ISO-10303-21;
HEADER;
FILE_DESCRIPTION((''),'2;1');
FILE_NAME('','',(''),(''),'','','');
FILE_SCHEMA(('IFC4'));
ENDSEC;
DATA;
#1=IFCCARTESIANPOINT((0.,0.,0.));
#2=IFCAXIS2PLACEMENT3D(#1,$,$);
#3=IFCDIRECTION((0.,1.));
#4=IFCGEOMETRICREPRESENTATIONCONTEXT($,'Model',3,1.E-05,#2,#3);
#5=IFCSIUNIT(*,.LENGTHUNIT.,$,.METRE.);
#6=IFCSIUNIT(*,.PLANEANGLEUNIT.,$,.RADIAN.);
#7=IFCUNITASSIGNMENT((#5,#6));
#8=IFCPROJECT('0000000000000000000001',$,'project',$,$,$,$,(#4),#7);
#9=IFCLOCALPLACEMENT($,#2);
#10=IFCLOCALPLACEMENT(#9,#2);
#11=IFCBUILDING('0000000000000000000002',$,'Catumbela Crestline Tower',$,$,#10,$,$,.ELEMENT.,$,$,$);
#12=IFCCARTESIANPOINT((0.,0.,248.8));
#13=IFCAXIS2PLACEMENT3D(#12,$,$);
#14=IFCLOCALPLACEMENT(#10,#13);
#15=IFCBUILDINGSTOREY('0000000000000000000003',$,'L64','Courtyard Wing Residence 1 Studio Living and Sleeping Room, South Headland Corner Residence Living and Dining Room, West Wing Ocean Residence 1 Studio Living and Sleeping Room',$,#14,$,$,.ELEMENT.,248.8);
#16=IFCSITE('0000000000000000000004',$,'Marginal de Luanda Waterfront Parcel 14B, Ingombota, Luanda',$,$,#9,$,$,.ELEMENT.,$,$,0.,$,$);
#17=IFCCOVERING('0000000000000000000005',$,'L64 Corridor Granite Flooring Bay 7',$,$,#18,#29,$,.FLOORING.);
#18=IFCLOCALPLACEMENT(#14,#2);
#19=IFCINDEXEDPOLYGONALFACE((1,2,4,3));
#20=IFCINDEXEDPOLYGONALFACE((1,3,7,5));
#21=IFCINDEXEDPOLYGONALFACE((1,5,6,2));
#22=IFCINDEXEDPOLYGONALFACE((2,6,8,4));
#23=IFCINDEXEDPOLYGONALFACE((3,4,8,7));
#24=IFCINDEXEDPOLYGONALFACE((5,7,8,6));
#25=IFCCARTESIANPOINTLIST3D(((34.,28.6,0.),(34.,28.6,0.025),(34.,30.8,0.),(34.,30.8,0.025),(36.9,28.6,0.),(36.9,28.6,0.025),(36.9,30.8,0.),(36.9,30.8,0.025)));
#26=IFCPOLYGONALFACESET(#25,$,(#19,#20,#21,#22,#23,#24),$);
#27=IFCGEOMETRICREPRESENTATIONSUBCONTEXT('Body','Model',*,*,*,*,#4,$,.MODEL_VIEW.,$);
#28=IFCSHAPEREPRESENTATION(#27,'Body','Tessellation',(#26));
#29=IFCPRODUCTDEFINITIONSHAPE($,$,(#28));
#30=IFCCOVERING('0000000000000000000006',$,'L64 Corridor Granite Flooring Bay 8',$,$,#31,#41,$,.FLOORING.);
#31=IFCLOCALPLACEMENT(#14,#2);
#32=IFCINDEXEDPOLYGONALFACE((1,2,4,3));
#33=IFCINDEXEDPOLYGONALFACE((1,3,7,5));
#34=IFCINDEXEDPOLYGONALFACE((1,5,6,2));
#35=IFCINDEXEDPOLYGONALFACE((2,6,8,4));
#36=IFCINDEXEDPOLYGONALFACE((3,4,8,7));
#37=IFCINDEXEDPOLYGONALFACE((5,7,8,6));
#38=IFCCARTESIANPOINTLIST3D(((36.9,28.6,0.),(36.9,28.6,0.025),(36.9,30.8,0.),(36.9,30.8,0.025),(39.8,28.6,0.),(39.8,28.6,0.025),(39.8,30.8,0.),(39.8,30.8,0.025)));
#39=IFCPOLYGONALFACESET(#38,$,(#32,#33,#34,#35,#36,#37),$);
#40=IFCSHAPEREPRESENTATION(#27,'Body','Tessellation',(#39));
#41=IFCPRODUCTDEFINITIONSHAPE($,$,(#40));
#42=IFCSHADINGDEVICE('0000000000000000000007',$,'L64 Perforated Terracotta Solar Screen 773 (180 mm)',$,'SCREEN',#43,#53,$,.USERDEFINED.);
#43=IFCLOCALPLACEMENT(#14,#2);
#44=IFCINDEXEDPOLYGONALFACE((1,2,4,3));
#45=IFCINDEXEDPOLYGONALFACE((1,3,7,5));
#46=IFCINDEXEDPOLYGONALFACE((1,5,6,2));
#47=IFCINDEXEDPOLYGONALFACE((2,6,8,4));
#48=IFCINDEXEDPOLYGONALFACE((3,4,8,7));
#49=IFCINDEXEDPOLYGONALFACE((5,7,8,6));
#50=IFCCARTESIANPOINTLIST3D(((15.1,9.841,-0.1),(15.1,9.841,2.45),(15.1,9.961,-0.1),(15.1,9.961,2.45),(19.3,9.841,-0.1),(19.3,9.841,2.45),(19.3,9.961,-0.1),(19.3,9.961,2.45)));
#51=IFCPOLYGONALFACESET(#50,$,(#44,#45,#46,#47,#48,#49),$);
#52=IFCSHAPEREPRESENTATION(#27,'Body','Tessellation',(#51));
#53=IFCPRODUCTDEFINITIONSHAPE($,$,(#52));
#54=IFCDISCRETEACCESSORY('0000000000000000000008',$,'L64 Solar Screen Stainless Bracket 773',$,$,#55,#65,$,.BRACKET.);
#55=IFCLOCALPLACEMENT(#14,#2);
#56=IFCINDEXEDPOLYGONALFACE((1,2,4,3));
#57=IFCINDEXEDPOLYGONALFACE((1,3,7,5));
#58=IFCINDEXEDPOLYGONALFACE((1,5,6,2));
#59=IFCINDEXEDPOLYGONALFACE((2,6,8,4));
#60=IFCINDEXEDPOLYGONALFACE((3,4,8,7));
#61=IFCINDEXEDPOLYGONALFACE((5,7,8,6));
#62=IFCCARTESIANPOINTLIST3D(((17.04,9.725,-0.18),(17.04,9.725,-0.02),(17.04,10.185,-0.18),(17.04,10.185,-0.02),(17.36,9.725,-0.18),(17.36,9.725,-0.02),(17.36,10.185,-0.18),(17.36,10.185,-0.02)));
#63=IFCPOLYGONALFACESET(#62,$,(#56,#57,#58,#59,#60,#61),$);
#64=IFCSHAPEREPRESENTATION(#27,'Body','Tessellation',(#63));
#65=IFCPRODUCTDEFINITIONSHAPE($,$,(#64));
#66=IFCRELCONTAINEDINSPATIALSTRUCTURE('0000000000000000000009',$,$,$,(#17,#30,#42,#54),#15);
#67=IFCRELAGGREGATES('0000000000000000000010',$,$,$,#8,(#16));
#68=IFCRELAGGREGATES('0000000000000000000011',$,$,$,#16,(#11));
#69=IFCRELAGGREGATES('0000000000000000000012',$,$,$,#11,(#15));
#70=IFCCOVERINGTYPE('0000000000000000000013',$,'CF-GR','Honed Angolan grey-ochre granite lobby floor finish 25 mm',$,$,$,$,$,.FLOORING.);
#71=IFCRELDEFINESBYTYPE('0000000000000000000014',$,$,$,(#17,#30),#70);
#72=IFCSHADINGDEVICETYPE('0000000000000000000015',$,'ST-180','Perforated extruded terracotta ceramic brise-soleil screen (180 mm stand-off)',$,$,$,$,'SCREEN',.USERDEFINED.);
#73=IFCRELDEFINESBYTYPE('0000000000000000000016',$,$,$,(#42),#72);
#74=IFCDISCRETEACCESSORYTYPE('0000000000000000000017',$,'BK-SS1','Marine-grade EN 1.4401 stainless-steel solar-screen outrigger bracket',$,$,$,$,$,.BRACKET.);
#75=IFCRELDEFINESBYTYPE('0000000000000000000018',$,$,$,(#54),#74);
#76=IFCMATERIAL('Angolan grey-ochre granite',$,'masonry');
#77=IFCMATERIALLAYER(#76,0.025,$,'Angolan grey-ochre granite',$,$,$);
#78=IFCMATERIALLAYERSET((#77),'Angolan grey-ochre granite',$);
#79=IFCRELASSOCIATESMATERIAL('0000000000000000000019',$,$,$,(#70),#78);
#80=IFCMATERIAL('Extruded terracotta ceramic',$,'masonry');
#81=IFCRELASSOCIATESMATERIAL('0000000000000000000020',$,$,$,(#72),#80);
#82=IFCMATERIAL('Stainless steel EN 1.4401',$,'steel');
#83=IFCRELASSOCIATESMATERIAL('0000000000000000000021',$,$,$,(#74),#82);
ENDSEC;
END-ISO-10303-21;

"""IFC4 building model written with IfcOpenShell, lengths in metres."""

from ifc_helpers import new_model, si_unit, direction, frame, origin, origin_2d, place, context, subcontext, project, spatial, polyline, rectangle, outline, extrude, material, layer, layer_set, type_object, element, save


model = new_model("IFC4")

# Units and contexts
model_context = context("Model", 3, precision=1e-05, world=origin(), true_north=direction((0.0, 1.0)))
body_context = subcontext(model_context, "Body", "Model", "MODEL_VIEW")
ifc_project = project(units=[si_unit("LENGTHUNIT", "METRE"), si_unit("PLANEANGLEUNIT", "RADIAN")], contexts=[model_context])

# Site, building, storey
site_placement = place(None, origin())
site = spatial("IfcSite", under=ifc_project, at=site_placement, Name="Marginal de Luanda Waterfront Parcel 14B, Ingombota, Luanda", CompositionType="ELEMENT", RefElevation=0.0)
building_placement = place(site_placement, origin())
building = spatial("IfcBuilding", under=site, at=building_placement, Name="Catumbela Crestline Tower", CompositionType="ELEMENT")
storey_placement = place(building_placement, frame((0.0, 0.0, 248.8)))
storey = spatial("IfcBuildingStorey", under=building, at=storey_placement, Name="L64", Description="Courtyard Wing Residence 1 Studio Living and Sleeping Room, South Headland Corner Residence Living and Dining Room, West Wing Ocean Residence 1 Studio Living and Sleeping Room", CompositionType="ELEMENT", Elevation=248.8)

# Shared definitions
ifc_material_1 = material(Name="Angolan grey-ochre granite", Category="masonry")

# Coverings
ifc_layer_1 = layer(ifc_material_1, 0.025, Name="Angolan grey-ochre granite")
ifc_layer_set_1 = layer_set([ifc_layer_1], Name="Angolan grey-ochre granite")
covering_type_1 = type_object("IfcCoveringType", Name="CF-GR", Description="Honed Angolan grey-ochre granite lobby floor finish 25 mm", PredefinedType="FLOORING", material=ifc_layer_set_1)
covering_1_placement = place(storey_placement, origin())
element("IfcCovering", 1, at=covering_1_placement, inside=storey, type_object=covering_type_1, Name="L64 Corridor Granite Flooring Bay 7", PredefinedType="FLOORING", context=body_context, shape_type="SweptSolid", body=[
    extrude(outline(polyline([(34.0, 28.6), (36.9, 28.6), (36.9, 30.8), (34.0, 30.8), (34.0, 28.6)])), origin(), (0.0, 0.0, 1.0), 0.025),
])
covering_2_placement = place(storey_placement, origin())
element("IfcCovering", 2, at=covering_2_placement, inside=storey, type_object=covering_type_1, Name="L64 Corridor Granite Flooring Bay 8", PredefinedType="FLOORING", context=body_context, shape_type="SweptSolid", body=[
    extrude(outline(polyline([(36.9, 28.6), (39.8, 28.6), (39.8, 30.8), (36.9, 30.8), (36.9, 28.6)])), origin(), (0.0, 0.0, 1.0), 0.025),
])

# Shared definitions
ifc_material_2 = material(Name="Stainless steel EN 1.4401", Category="steel")

# Shading device
ifc_material_3 = material(Name="Extruded terracotta ceramic", Category="masonry")
shading_device_type = type_object("IfcShadingDeviceType", Name="ST-180", Description="Perforated extruded terracotta ceramic brise-soleil screen (180 mm stand-off)", ElementType="SCREEN", PredefinedType="USERDEFINED", material=ifc_material_3)
shading_device_placement = place(storey_placement, frame((17.2, 9.901, -0.1), z_axis=(0.0, 0.0, 1.0), x_axis=(1.0, 0.0, 0.0)))
element("IfcShadingDevice", 3, at=shading_device_placement, inside=storey, type_object=shading_device_type, Name="L64 Perforated Terracotta Solar Screen 773 (180 mm)", ObjectType="SCREEN", PredefinedType="USERDEFINED", context=body_context, shape_type="SweptSolid", body=[
    extrude(rectangle(XDim=4.2, YDim=0.12, at=origin_2d()), origin(), (0.0, 0.0, 1.0), 2.55),
])

# Discrete accessory
discrete_accessory_type = type_object("IfcDiscreteAccessoryType", Name="BK-SS1", Description="Marine-grade EN 1.4401 stainless-steel solar-screen outrigger bracket", PredefinedType="BRACKET", material=ifc_material_2)
discrete_accessory_placement = place(storey_placement, frame((17.2, 9.955, -0.18), z_axis=(0.0, 0.0, 1.0), x_axis=(1.0, 0.0, 0.0)))
element("IfcDiscreteAccessory", 4, at=discrete_accessory_placement, inside=storey, type_object=discrete_accessory_type, Name="L64 Solar Screen Stainless Bracket 773", PredefinedType="BRACKET", context=body_context, shape_type="SweptSolid", body=[
    extrude(rectangle(XDim=0.32, YDim=0.46, at=origin_2d()), origin(), (0.0, 0.0, 1.0), 0.16),
])

save(model, "model.ifc")
